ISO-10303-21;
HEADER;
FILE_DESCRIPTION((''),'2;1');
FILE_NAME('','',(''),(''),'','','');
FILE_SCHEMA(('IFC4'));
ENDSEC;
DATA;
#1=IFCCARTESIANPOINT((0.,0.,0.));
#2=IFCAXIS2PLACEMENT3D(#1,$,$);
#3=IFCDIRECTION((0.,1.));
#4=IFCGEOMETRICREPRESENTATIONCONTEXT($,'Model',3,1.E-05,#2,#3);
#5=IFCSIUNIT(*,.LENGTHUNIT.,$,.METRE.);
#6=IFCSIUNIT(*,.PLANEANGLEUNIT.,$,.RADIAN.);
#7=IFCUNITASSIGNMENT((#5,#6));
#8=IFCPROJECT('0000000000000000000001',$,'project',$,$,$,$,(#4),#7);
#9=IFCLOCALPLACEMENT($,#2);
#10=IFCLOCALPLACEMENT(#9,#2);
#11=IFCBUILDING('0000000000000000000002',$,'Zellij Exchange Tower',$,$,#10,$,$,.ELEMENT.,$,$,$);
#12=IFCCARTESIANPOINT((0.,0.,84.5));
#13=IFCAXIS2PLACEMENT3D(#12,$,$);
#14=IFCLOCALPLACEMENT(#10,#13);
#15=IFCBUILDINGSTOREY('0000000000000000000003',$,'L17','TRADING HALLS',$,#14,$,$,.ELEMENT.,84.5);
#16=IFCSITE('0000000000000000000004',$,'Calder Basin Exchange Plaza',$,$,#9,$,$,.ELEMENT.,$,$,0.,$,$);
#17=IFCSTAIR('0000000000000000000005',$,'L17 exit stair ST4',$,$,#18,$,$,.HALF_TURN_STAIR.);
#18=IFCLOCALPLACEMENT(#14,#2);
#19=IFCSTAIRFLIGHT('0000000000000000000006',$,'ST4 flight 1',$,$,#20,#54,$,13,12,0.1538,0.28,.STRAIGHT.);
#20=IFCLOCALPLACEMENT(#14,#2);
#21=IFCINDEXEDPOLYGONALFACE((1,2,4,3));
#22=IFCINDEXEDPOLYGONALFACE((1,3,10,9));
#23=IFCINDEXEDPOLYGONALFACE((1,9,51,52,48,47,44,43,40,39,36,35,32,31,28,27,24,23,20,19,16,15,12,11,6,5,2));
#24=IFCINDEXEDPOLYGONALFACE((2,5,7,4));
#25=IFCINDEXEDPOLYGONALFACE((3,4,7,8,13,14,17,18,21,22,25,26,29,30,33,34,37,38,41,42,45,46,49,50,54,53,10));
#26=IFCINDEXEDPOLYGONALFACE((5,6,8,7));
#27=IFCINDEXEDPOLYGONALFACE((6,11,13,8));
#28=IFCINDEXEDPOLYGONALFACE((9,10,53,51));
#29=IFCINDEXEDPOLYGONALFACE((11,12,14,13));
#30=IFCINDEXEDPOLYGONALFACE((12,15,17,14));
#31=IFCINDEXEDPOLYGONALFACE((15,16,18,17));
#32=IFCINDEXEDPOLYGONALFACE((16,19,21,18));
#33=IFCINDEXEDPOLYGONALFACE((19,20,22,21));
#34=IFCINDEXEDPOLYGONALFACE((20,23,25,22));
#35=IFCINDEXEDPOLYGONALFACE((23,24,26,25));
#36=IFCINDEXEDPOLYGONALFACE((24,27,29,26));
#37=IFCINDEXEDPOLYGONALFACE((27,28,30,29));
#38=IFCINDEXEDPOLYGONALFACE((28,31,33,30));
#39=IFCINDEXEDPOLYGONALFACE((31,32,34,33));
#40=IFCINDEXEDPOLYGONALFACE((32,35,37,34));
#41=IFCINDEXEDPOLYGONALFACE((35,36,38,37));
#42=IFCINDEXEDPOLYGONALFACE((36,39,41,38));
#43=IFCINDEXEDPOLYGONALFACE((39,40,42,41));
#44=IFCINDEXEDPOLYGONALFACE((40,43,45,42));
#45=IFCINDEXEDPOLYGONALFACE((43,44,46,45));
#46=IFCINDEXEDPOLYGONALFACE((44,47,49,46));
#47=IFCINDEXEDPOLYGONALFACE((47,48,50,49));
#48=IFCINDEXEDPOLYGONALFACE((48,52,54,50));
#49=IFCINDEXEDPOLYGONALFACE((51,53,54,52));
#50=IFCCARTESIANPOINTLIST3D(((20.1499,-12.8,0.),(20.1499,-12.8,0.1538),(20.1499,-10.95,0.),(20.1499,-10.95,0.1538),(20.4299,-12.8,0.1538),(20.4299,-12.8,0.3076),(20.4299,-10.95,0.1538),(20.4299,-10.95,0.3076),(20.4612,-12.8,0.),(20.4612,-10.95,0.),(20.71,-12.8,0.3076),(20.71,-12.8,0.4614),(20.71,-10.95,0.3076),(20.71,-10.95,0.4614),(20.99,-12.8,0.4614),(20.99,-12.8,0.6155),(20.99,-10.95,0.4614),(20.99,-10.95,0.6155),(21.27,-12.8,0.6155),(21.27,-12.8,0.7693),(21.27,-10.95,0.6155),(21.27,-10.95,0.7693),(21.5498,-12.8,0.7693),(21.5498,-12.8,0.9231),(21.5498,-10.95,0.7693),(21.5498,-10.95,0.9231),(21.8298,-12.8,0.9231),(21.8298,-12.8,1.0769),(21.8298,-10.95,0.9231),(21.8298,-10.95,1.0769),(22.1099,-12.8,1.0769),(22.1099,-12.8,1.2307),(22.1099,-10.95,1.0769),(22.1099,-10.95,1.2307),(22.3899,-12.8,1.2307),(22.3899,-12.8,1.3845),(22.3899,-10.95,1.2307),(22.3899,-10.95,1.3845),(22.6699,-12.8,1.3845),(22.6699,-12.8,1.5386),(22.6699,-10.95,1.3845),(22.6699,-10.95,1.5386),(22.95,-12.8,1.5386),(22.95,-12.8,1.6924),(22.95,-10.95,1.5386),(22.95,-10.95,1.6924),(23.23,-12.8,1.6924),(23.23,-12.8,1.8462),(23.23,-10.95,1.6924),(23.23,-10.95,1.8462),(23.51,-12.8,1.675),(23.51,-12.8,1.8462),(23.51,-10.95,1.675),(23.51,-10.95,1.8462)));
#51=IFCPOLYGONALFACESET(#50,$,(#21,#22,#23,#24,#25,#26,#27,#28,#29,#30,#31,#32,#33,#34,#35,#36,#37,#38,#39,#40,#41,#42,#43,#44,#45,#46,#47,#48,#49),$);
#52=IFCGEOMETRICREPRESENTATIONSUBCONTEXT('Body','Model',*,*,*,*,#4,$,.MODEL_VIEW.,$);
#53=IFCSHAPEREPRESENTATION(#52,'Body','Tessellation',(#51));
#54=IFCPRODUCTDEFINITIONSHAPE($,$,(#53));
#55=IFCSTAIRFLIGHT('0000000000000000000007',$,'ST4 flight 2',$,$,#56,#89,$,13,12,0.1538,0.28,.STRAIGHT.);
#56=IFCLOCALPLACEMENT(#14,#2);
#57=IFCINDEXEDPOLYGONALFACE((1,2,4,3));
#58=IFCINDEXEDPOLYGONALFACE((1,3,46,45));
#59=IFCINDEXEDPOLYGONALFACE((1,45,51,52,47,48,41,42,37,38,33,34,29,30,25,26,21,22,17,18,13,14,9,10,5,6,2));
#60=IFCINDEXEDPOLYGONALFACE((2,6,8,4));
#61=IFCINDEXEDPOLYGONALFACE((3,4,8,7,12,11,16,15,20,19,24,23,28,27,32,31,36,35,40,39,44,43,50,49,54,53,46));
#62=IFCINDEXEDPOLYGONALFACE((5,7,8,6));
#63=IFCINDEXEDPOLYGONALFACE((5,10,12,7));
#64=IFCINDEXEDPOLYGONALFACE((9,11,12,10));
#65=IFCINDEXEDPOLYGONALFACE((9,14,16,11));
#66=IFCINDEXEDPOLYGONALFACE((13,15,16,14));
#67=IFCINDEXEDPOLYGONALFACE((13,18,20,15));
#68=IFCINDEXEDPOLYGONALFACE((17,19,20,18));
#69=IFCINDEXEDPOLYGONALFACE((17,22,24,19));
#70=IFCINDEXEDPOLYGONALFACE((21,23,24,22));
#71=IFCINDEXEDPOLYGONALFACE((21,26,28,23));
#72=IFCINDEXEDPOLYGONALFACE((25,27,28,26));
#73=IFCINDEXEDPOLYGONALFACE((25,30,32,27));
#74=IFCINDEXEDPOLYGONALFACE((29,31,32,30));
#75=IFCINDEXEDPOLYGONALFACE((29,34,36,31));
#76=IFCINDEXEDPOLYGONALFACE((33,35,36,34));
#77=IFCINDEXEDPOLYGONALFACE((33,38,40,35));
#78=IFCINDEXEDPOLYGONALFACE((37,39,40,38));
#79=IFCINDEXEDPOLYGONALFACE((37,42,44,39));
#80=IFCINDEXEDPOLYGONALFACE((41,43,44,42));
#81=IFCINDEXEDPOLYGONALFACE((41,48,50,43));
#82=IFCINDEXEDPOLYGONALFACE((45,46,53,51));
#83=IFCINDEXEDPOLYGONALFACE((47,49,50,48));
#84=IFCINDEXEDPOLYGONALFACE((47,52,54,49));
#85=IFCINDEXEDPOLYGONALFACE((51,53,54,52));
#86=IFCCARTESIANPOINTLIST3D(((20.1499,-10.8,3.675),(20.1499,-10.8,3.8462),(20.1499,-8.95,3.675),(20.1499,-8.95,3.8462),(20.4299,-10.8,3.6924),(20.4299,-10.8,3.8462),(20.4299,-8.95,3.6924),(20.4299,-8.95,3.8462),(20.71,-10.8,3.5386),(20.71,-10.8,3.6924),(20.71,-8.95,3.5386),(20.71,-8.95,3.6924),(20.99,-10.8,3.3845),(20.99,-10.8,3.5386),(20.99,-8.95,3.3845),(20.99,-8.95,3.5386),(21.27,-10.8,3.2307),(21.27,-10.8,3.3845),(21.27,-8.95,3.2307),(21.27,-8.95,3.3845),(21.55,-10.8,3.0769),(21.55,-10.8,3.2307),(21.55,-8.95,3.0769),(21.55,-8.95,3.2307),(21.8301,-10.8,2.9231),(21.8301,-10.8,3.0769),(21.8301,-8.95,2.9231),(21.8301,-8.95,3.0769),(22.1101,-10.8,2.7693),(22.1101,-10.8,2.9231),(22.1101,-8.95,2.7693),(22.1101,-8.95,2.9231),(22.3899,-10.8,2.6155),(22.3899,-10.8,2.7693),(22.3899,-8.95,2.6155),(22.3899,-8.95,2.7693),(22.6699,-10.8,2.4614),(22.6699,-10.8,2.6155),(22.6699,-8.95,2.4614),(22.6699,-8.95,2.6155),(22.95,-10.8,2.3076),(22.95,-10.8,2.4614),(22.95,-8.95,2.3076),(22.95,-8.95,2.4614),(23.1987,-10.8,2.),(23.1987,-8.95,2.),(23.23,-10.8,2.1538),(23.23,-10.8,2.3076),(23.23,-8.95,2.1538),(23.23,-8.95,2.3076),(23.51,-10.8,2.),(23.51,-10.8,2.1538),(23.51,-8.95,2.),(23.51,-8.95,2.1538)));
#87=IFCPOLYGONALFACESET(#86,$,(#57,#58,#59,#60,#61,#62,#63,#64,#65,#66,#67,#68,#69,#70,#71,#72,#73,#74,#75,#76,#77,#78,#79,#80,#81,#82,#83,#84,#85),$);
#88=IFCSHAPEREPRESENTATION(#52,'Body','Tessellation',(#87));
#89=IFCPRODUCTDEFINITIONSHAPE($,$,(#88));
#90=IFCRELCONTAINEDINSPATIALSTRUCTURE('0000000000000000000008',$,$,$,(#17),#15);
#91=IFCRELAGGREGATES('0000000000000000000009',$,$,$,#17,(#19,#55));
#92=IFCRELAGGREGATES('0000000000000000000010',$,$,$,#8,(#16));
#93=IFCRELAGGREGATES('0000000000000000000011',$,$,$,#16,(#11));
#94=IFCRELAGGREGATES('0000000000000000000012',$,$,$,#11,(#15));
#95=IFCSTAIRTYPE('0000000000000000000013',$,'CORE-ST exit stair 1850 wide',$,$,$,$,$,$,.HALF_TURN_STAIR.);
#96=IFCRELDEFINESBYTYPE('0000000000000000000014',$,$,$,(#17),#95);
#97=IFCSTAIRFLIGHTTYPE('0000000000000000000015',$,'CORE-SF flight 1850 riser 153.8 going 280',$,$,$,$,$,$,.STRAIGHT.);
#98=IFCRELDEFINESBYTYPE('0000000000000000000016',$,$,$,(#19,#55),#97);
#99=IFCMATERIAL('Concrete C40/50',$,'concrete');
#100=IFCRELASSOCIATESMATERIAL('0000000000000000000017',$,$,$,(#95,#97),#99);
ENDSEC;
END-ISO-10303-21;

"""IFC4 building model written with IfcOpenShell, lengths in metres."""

from ifc_helpers import new_model, si_unit, direction, frame, origin, place, context, subcontext, project, spatial, polyline, outline, extrude, material, type_object, element, aggregate, save


model = new_model("IFC4")

# Units and contexts
model_context = context("Model", 3, precision=1e-05, world=origin(), true_north=direction((0.0, 1.0)))
body_context = subcontext(model_context, "Body", "Model", "MODEL_VIEW")
ifc_project = project(units=[si_unit("LENGTHUNIT", "METRE"), si_unit("PLANEANGLEUNIT", "RADIAN")], contexts=[model_context])

# Site, building, storey
site_placement = place(None, origin())
site = spatial("IfcSite", under=ifc_project, at=site_placement, Name="Calder Basin Exchange Plaza", CompositionType="ELEMENT", RefElevation=0.0)
building_placement = place(site_placement, origin())
building = spatial("IfcBuilding", under=site, at=building_placement, Name="Zellij Exchange Tower", CompositionType="ELEMENT")
storey_placement = place(building_placement, frame((0.0, 0.0, 84.5)))
storey = spatial("IfcBuildingStorey", under=building, at=storey_placement, Name="L17", Description="TRADING HALLS", CompositionType="ELEMENT", Elevation=84.5)

# Stair, stair flights
ifc_material_1 = material(Name="Concrete C40/50", Category="concrete")
stair_type = type_object("IfcStairType", Name="CORE-ST exit stair 1850 wide", PredefinedType="HALF_TURN_STAIR", material=ifc_material_1)
stair_placement = place(storey_placement, origin())
stair = element("IfcStair", 1, at=stair_placement, inside=storey, type_object=stair_type, Name="L17 exit stair ST4", PredefinedType="HALF_TURN_STAIR")
stair_flight_type = type_object("IfcStairFlightType", Name="CORE-SF flight 1850 riser 153.8 going 280", PredefinedType="STRAIGHT", material=ifc_material_1)
stair_flight_1_placement = place(storey_placement, frame((20.1499, -11.875, 0.0), z_axis=(0.0, 0.0, 1.0), x_axis=(1.0, 0.0, 0.0)))
stair_flight_1 = element("IfcStairFlight", 2, at=stair_flight_1_placement, type_object=stair_flight_type, Name="ST4 flight 1", NumberOfRisers=13, NumberOfTreads=12, PredefinedType="STRAIGHT", RiserHeight=0.1538, TreadLength=0.28, context=body_context, shape_type="SweptSolid", body=[
    extrude(outline(polyline([(0.0, 0.0), (0.0, 0.1538), (0.28, 0.1538), (0.28, 0.3076), (0.5601, 0.3076), (0.5601, 0.4614), (0.8401, 0.4614), (0.8401, 0.6155), (1.1201, 0.6155), (1.1201, 0.7693), (1.3999, 0.7693), (1.3999, 0.9231), (1.6799, 0.9231), (1.6799, 1.0769), (1.96, 1.0769), (1.96, 1.2307), (2.24, 1.2307), (2.24, 1.3845), (2.52, 1.3845), (2.52, 1.5386), (2.8, 1.5386), (2.8, 1.6924), (3.0801, 1.6924), (3.0801, 1.8462), (3.3601, 1.8462), (3.3601, 2.0), (3.3601, 1.675), (0.3113, 0.0), (0.0, 0.0)])), frame((0.0, 0.925, 0.0), z_axis=(0.0, -1.0, 0.0), x_axis=(1.0, 0.0, 0.0)), (0.0, 0.0, 1.0), 1.8501),
])
stair_flight_2_placement = place(storey_placement, frame((23.51, -9.875, 2.0), z_axis=(0.0, 0.0, 1.0), x_axis=(-1.0, 0.0, 0.0)))
stair_flight_2 = element("IfcStairFlight", 3, at=stair_flight_2_placement, type_object=stair_flight_type, Name="ST4 flight 2", NumberOfRisers=13, NumberOfTreads=12, PredefinedType="STRAIGHT", RiserHeight=0.1538, TreadLength=0.28, context=body_context, shape_type="SweptSolid", body=[
    extrude(outline(polyline([(0.0, 0.0), (0.0, 0.1538), (0.28, 0.1538), (0.28, 0.3076), (0.5601, 0.3076), (0.5601, 0.4614), (0.8401, 0.4614), (0.8401, 0.6155), (1.1201, 0.6155), (1.1201, 0.7693), (1.3999, 0.7693), (1.3999, 0.9231), (1.6799, 0.9231), (1.6799, 1.0769), (1.96, 1.0769), (1.96, 1.2307), (2.24, 1.2307), (2.24, 1.3845), (2.52, 1.3845), (2.52, 1.5386), (2.8, 1.5386), (2.8, 1.6924), (3.0801, 1.6924), (3.0801, 1.8462), (3.3601, 1.8462), (3.3601, 2.0), (3.3601, 1.675), (0.3113, 0.0), (0.0, 0.0)])), frame((0.0, 0.925, 0.0), z_axis=(0.0, -1.0, 0.0), x_axis=(1.0, 0.0, 0.0)), (0.0, 0.0, 1.0), 1.8501),
])
aggregate(stair, [stair_flight_1, stair_flight_2])

save(model, "model.ifc")
